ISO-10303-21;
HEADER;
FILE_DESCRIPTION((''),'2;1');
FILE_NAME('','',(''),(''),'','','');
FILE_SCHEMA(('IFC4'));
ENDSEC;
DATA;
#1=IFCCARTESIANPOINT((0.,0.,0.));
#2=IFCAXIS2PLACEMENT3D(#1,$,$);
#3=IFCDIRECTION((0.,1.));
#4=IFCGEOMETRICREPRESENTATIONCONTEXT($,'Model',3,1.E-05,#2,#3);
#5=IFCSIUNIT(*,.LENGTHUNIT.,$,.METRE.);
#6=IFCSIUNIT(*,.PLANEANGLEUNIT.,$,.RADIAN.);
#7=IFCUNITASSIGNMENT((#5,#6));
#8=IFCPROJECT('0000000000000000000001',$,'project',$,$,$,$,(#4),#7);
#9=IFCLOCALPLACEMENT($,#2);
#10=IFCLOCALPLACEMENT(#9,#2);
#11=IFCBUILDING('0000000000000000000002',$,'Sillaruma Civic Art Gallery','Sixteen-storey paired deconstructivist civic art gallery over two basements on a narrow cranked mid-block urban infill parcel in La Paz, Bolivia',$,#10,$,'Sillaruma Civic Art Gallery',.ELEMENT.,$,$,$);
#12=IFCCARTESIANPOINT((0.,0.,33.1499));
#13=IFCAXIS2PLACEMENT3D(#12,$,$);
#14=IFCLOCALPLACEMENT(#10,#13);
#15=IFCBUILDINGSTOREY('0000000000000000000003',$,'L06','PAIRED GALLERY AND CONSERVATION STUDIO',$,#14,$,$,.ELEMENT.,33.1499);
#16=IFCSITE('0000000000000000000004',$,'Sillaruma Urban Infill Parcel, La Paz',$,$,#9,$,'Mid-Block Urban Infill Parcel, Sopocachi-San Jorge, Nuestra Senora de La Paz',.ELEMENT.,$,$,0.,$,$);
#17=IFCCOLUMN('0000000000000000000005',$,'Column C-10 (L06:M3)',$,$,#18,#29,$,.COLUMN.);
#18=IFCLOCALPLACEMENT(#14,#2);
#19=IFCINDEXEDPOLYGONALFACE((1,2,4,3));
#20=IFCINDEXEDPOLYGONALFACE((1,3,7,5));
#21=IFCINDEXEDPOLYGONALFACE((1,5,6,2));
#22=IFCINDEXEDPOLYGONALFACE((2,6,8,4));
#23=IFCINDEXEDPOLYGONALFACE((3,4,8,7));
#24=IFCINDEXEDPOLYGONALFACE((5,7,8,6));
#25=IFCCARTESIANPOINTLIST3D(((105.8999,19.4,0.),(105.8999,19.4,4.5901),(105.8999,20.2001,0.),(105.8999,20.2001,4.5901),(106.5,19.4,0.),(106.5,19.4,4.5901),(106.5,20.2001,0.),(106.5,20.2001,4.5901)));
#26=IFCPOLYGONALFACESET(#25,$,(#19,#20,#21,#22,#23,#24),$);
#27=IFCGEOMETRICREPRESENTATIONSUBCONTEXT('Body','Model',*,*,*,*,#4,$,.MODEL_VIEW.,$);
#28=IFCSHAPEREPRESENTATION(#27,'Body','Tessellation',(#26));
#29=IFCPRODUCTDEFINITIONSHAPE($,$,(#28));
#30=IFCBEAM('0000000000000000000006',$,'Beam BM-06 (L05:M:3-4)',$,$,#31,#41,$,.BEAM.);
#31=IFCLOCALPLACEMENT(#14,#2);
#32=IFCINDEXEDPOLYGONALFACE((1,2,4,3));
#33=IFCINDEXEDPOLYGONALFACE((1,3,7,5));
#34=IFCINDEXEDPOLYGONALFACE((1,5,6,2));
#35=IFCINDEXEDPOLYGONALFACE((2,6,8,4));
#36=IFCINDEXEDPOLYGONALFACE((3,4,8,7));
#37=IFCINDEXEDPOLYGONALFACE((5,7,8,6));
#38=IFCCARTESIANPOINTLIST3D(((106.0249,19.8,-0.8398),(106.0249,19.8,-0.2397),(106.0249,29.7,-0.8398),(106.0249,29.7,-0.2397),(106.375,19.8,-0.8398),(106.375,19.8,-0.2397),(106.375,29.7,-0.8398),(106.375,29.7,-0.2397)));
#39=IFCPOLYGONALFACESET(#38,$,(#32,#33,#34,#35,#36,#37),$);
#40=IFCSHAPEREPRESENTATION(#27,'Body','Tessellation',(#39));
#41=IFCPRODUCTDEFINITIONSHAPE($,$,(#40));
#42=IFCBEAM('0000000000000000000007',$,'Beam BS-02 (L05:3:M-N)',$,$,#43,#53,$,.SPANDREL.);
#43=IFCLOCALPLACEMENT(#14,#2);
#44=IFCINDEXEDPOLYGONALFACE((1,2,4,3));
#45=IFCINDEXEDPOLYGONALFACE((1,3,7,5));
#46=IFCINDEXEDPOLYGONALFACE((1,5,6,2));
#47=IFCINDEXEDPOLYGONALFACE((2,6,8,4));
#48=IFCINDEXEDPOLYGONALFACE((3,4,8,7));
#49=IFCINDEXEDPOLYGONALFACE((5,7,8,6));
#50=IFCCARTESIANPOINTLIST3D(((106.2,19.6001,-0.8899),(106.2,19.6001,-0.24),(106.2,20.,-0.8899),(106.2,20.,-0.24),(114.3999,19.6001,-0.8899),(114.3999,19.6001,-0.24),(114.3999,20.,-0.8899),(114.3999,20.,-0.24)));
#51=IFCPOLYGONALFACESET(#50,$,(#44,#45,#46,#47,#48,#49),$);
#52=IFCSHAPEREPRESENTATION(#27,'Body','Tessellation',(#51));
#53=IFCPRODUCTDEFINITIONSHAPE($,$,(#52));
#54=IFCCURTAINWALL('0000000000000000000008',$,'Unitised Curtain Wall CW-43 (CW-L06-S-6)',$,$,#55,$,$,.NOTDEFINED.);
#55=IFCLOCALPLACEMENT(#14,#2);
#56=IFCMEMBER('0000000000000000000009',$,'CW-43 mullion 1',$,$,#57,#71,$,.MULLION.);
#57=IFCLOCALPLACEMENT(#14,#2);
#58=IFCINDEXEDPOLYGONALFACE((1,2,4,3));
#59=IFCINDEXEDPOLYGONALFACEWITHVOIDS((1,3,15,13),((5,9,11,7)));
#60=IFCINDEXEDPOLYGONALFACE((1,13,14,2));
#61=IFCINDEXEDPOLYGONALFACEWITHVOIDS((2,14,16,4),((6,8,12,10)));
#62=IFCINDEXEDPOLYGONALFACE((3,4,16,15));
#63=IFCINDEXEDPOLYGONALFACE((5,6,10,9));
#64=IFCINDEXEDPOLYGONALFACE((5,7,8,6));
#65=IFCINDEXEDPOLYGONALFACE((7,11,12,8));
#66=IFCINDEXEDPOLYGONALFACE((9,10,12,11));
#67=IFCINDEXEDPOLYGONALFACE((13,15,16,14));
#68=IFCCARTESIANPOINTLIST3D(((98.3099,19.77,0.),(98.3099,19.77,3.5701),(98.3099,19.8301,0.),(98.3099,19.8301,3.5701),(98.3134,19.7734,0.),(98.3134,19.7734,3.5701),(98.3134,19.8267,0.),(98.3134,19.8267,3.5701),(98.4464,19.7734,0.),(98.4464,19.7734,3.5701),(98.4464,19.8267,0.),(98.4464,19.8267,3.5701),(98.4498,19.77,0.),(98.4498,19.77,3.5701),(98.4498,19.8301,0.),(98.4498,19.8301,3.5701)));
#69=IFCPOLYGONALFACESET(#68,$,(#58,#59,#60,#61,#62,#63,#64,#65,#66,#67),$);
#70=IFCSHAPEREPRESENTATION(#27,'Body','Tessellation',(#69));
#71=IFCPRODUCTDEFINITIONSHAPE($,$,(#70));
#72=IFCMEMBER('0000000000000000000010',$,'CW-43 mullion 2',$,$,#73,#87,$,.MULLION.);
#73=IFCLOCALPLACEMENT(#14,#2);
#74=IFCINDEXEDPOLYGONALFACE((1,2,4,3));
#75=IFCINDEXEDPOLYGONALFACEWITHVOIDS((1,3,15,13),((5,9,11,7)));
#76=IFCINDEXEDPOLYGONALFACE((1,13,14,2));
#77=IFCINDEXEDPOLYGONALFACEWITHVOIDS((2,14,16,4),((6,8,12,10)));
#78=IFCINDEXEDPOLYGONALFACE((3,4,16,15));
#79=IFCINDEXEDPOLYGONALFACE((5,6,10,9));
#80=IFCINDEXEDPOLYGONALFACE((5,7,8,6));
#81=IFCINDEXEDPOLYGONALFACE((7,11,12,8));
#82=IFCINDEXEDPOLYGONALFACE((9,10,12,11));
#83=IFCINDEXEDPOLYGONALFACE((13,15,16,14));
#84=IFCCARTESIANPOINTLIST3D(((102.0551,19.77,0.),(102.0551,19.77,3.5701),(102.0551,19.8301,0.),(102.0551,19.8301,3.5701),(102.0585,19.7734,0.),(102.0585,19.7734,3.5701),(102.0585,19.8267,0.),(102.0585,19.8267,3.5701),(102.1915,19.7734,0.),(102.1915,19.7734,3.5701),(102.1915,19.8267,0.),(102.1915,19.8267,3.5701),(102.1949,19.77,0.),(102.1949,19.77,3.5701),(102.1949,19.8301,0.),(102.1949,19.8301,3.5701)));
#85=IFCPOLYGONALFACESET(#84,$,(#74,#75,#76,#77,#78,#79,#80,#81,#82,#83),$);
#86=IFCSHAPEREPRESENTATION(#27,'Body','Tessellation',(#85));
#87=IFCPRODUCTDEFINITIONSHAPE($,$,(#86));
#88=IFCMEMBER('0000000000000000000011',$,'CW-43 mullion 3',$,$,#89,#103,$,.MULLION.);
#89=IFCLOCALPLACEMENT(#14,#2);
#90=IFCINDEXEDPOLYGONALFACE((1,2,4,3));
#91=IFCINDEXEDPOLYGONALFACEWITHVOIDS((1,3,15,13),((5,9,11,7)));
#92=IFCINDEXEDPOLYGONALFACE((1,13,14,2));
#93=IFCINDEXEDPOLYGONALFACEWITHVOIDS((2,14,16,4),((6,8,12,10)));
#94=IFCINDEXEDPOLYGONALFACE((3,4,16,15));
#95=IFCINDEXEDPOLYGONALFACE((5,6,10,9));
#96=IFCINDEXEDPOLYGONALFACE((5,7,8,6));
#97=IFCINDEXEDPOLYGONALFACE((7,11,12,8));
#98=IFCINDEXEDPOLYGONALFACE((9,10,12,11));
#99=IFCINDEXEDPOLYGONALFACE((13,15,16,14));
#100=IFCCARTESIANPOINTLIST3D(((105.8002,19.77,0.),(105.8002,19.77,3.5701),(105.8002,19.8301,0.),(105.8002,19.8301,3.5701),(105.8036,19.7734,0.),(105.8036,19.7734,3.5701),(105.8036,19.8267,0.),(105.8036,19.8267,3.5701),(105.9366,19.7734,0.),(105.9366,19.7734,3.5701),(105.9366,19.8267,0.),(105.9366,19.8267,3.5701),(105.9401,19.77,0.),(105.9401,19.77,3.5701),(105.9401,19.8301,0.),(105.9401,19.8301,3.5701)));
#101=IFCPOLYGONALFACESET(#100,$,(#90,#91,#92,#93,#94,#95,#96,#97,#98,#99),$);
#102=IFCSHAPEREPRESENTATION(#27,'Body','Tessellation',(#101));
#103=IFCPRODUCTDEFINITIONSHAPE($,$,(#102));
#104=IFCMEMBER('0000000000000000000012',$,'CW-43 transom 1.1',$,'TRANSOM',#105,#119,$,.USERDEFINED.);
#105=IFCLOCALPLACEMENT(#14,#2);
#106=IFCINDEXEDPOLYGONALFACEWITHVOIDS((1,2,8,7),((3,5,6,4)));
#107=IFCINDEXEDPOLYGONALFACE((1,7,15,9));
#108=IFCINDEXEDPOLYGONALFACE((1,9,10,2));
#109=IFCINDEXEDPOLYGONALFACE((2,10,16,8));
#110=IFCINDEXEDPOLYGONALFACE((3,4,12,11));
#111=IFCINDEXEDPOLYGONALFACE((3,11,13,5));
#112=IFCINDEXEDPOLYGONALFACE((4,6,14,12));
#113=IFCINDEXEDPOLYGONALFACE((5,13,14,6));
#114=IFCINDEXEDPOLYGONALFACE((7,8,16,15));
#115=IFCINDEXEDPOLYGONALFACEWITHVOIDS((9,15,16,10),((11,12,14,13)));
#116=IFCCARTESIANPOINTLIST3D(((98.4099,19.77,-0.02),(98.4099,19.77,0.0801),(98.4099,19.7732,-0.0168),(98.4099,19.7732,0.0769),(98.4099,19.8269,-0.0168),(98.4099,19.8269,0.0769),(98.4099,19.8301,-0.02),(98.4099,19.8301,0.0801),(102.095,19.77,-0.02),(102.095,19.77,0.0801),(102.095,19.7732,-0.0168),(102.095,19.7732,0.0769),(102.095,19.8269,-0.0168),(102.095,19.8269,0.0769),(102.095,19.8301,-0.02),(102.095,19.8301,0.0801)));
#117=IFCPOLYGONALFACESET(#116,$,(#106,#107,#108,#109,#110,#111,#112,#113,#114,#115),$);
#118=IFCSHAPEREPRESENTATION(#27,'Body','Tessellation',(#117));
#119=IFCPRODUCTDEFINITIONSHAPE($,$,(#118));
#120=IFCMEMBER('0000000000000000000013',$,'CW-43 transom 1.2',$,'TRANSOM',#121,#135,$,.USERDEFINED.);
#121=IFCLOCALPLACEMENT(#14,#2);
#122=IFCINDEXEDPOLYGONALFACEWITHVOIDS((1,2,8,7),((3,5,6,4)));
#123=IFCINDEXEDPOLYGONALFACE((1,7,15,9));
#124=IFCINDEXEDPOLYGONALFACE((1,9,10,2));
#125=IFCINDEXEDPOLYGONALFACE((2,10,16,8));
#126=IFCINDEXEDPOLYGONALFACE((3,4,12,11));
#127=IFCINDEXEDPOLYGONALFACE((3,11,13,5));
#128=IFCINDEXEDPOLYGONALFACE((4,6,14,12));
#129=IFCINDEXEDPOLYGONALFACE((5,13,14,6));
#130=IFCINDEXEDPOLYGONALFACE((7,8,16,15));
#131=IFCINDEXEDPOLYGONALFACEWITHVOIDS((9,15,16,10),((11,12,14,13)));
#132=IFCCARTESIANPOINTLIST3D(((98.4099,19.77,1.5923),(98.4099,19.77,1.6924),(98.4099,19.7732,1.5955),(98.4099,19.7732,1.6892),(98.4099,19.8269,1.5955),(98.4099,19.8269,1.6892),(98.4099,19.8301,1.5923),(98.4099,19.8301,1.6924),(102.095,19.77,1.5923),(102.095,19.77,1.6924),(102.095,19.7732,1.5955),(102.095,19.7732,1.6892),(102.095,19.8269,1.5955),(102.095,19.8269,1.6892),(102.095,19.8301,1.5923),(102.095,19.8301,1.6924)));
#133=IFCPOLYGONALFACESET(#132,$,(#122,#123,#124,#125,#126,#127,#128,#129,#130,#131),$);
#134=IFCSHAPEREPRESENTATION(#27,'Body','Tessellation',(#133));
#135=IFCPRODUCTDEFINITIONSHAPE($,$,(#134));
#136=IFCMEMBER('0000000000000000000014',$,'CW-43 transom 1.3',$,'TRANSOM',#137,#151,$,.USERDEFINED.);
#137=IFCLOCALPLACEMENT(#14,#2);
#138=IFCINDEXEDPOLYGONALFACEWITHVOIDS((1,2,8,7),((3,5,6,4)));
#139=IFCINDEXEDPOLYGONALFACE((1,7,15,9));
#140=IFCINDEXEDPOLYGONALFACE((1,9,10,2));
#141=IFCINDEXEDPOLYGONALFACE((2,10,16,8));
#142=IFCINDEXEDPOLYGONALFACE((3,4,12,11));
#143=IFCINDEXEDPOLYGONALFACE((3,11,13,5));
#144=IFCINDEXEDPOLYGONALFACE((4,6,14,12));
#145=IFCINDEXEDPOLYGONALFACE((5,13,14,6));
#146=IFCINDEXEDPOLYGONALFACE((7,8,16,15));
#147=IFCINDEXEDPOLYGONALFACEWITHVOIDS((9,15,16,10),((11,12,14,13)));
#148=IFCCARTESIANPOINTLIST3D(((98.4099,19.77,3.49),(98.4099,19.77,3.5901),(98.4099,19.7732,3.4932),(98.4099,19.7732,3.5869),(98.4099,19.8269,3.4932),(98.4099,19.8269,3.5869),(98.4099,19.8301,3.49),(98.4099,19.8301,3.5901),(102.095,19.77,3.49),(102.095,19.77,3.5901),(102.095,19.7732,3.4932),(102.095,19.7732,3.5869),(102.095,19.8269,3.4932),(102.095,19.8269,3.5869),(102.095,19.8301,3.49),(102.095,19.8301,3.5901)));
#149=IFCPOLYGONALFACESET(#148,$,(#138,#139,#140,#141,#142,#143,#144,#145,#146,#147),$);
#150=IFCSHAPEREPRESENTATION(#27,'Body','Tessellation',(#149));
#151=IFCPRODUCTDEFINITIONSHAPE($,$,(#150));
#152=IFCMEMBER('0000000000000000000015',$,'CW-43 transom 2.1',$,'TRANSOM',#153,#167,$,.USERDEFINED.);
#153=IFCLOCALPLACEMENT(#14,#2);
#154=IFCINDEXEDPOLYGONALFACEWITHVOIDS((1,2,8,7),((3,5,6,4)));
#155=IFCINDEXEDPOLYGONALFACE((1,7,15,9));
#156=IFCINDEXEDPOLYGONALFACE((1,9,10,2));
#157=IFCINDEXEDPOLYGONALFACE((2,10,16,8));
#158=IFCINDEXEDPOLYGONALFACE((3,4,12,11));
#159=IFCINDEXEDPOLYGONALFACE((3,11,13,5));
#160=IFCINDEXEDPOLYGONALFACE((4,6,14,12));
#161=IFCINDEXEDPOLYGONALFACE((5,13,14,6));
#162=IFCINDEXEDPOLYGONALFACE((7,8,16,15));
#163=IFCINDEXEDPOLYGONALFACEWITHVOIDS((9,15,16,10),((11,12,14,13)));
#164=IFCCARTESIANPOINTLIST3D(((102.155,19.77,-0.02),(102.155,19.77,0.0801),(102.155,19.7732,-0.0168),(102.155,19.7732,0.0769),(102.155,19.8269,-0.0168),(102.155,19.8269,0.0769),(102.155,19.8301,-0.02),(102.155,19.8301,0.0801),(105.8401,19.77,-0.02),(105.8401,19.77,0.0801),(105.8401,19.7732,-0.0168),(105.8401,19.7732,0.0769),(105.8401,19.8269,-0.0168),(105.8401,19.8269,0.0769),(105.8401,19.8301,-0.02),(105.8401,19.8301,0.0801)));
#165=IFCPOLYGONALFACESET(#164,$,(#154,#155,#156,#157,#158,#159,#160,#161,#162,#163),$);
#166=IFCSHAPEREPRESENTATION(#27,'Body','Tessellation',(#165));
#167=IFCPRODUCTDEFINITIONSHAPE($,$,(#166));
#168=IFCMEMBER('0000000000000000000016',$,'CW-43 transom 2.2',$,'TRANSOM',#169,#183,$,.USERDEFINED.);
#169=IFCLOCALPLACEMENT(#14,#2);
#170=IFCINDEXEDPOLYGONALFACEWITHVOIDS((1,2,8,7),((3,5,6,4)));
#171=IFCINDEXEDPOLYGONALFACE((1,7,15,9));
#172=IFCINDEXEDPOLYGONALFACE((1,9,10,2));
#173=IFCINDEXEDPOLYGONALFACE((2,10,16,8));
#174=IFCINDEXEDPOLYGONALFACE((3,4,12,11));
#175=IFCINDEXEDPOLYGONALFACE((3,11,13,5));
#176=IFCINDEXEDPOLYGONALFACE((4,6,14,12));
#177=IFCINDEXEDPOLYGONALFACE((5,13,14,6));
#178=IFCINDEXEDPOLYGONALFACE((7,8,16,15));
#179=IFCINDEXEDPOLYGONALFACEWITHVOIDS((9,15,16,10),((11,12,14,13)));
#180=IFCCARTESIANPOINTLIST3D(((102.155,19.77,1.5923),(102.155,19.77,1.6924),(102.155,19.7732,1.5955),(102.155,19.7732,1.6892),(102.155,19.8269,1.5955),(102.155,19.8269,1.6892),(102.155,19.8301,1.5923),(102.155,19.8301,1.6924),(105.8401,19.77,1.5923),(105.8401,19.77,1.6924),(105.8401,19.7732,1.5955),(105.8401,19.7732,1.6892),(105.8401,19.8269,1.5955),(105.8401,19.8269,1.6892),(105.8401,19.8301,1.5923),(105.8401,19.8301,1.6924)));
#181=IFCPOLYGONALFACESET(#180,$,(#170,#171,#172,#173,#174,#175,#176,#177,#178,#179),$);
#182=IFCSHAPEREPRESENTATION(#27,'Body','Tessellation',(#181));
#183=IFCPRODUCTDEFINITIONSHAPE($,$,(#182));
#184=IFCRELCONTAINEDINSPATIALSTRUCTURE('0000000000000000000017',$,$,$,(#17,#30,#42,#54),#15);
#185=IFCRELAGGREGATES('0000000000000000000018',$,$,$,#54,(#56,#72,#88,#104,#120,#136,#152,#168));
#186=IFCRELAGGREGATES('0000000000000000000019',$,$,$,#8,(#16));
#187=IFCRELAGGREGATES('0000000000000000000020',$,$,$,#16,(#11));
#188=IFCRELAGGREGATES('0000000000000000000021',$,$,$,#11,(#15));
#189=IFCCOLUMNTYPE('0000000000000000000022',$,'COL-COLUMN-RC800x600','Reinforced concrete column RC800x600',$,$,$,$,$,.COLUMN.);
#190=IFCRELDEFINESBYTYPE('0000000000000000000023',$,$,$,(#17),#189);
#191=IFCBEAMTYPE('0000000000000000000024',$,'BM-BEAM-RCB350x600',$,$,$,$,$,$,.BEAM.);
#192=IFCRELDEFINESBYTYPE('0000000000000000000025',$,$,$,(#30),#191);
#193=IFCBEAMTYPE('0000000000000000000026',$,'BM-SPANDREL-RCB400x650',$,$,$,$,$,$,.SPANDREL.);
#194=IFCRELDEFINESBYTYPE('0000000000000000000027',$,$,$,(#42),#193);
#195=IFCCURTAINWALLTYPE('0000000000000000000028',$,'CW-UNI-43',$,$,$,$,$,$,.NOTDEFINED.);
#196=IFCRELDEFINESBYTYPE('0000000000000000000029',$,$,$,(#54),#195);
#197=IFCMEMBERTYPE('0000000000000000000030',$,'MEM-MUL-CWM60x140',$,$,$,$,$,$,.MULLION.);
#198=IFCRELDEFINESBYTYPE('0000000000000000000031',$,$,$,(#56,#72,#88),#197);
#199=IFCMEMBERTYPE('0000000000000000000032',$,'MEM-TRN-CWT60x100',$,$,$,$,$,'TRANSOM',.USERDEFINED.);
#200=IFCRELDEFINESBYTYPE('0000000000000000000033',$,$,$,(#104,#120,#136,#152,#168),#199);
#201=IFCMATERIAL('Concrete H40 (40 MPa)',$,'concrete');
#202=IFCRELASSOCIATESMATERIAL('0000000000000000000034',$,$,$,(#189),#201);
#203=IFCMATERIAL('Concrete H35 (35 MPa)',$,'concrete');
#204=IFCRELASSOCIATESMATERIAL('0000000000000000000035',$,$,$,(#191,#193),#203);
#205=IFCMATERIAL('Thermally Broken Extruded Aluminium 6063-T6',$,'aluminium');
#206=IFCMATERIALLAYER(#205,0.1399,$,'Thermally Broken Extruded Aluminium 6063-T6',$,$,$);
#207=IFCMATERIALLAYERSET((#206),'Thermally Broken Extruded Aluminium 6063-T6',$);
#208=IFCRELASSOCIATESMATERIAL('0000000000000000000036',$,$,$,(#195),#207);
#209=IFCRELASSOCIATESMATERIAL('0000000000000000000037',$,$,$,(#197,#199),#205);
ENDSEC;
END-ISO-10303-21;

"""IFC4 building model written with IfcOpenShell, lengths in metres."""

from ifc_helpers import new_model, si_unit, direction, frame, origin, origin_2d, place, context, subcontext, project, spatial, rectangle, hollow_rectangle, extrude, material, layer, layer_set, material_profile, profile_set, type_object, element, aggregate, save


model = new_model("IFC4")

# Units and contexts
model_context = context("Model", 3, precision=1e-05, world=origin(), true_north=direction((0.0, 1.0)))
body_context = subcontext(model_context, "Body", "Model", "MODEL_VIEW")
ifc_project = project(units=[si_unit("LENGTHUNIT", "METRE"), si_unit("PLANEANGLEUNIT", "RADIAN")], contexts=[model_context])

# Site, building, storey
site_placement = place(None, origin())
site = spatial("IfcSite", under=ifc_project, at=site_placement, Name="Sillaruma Urban Infill Parcel, La Paz", LongName="Mid-Block Urban Infill Parcel, Sopocachi-San Jorge, Nuestra Senora de La Paz", CompositionType="ELEMENT", RefElevation=0.0)
building_placement = place(site_placement, origin())
building = spatial("IfcBuilding", under=site, at=building_placement, Name="Sillaruma Civic Art Gallery", Description="Sixteen-storey paired deconstructivist civic art gallery over two basements on a narrow cranked mid-block urban infill parcel in La Paz, Bolivia", LongName="Sillaruma Civic Art Gallery", CompositionType="ELEMENT")
storey_placement = place(building_placement, frame((0.0, 0.0, 33.1499)))
storey = spatial("IfcBuildingStorey", under=building, at=storey_placement, Name="L06", Description="PAIRED GALLERY AND CONSERVATION STUDIO", CompositionType="ELEMENT", Elevation=33.1499)

# Column
ifc_material_1 = material(Name="Concrete H40 (40 MPa)", Category="concrete")
ifc_material_profile_1 = material_profile(ifc_material_1, rectangle(XDim=0.6001, YDim=0.8, at=origin_2d()), Name="RC800x600")
ifc_profile_set_1 = profile_set([ifc_material_profile_1], Name="Concrete H40 (40 MPa)")
column_type = type_object("IfcColumnType", Name="COL-COLUMN-RC800x600", Description="Reinforced concrete column RC800x600", PredefinedType="COLUMN", material=ifc_profile_set_1)
column_placement = place(storey_placement, frame((106.2, 19.8, 0.0), z_axis=(0.0, 0.0, 1.0), x_axis=(1.0, 0.0, 0.0)))
element("IfcColumn", 1, at=column_placement, inside=storey, type_object=column_type, Name="Column C-10 (L06:M3)", PredefinedType="COLUMN", context=body_context, shape_type="SweptSolid", body=[
    extrude(rectangle(XDim=0.6001, YDim=0.8, at=origin_2d()), origin(), (0.0, 0.0, 1.0), 4.5901),
])

# Beams
ifc_material_2 = material(Name="Concrete H35 (35 MPa)", Category="concrete")
ifc_material_profile_2 = material_profile(ifc_material_2, rectangle(XDim=0.3501, YDim=0.6001, at=origin_2d()), Name="RCB350x600")
ifc_profile_set_2 = profile_set([ifc_material_profile_2], Name="Concrete H35 (35 MPa)")
beam_type_1 = type_object("IfcBeamType", Name="BM-BEAM-RCB350x600", PredefinedType="BEAM", material=ifc_profile_set_2)
beam_1_placement = place(storey_placement, frame((106.2, 19.8, -0.5398), z_axis=(0.0, 1.0, 0.0), x_axis=(-1.0, 0.0, 0.0)))
element("IfcBeam", 2, at=beam_1_placement, inside=storey, type_object=beam_type_1, Name="Beam BM-06 (L05:M:3-4)", PredefinedType="BEAM", context=body_context, shape_type="SweptSolid", body=[
    extrude(rectangle(XDim=0.3501, YDim=0.6001, at=origin_2d()), origin(), (0.0, 0.0, 1.0), 9.8999),
])
ifc_material_profile_3 = material_profile(ifc_material_2, rectangle(XDim=0.3999, YDim=0.6499, at=origin_2d()), Name="RCB400x650")
ifc_profile_set_3 = profile_set([ifc_material_profile_3], Name="Concrete H35 (35 MPa)")
beam_type_2 = type_object("IfcBeamType", Name="BM-SPANDREL-RCB400x650", PredefinedType="SPANDREL", material=ifc_profile_set_3)
beam_2_placement = place(storey_placement, frame((106.2, 19.8, -0.5649), z_axis=(1.0, 0.0, 0.0), x_axis=(0.0, 1.0, 0.0)))
element("IfcBeam", 3, at=beam_2_placement, inside=storey, type_object=beam_type_2, Name="Beam BS-02 (L05:3:M-N)", PredefinedType="SPANDREL", context=body_context, shape_type="SweptSolid", body=[
    extrude(rectangle(XDim=0.3999, YDim=0.6499, at=origin_2d()), origin(), (0.0, 0.0, 1.0), 8.2),
])

# Curtain wall, members
ifc_material_3 = material(Name="Thermally Broken Extruded Aluminium 6063-T6", Category="aluminium")
ifc_layer_1 = layer(ifc_material_3, 0.1399, Name="Thermally Broken Extruded Aluminium 6063-T6")
ifc_layer_set_1 = layer_set([ifc_layer_1], Name="Thermally Broken Extruded Aluminium 6063-T6")
curtain_wall_type = type_object("IfcCurtainWallType", Name="CW-UNI-43", PredefinedType="NOTDEFINED", material=ifc_layer_set_1)
curtain_wall_placement = place(storey_placement, origin())
curtain_wall = element("IfcCurtainWall", 4, at=curtain_wall_placement, inside=storey, type_object=curtain_wall_type, Name="Unitised Curtain Wall CW-43 (CW-L06-S-6)", PredefinedType="NOTDEFINED")
ifc_material_profile_4 = material_profile(ifc_material_3, hollow_rectangle(XDim=0.0601, YDim=0.1399, WallThickness=0.0034, at=origin_2d()), Name="CWM60x140")
ifc_profile_set_4 = profile_set([ifc_material_profile_4], Name="Thermally Broken Extruded Aluminium 6063-T6")
member_type_1 = type_object("IfcMemberType", Name="MEM-MUL-CWM60x140", PredefinedType="MULLION", material=ifc_profile_set_4)
member_1_placement = place(storey_placement, frame((98.3799, 19.8, 0.0), z_axis=(0.0, 0.0, 1.0), x_axis=(0.0, 1.0, 0.0)))
member_1 = element("IfcMember", 5, at=member_1_placement, type_object=member_type_1, Name="CW-43 mullion 1", PredefinedType="MULLION", context=body_context, shape_type="SweptSolid", body=[
    extrude(hollow_rectangle(XDim=0.0601, YDim=0.1399, WallThickness=0.0034, at=origin_2d()), origin(), (0.0, 0.0, 1.0), 3.5701),
])
member_2_placement = place(storey_placement, frame((102.125, 19.8, 0.0), z_axis=(0.0, 0.0, 1.0), x_axis=(0.0, 1.0, 0.0)))
member_2 = element("IfcMember", 6, at=member_2_placement, type_object=member_type_1, Name="CW-43 mullion 2", PredefinedType="MULLION", context=body_context, shape_type="SweptSolid", body=[
    extrude(hollow_rectangle(XDim=0.0601, YDim=0.1399, WallThickness=0.0034, at=origin_2d()), origin(), (0.0, 0.0, 1.0), 3.5701),
])
member_3_placement = place(storey_placement, frame((105.8701, 19.8, 0.0), z_axis=(0.0, 0.0, 1.0), x_axis=(0.0, 1.0, 0.0)))
member_3 = element("IfcMember", 7, at=member_3_placement, type_object=member_type_1, Name="CW-43 mullion 3", PredefinedType="MULLION", context=body_context, shape_type="SweptSolid", body=[
    extrude(hollow_rectangle(XDim=0.0601, YDim=0.1399, WallThickness=0.0034, at=origin_2d()), origin(), (0.0, 0.0, 1.0), 3.5701),
])
ifc_material_profile_5 = material_profile(ifc_material_3, hollow_rectangle(XDim=0.0601, YDim=0.1001, WallThickness=0.0032, at=origin_2d()), Name="CWT60x100")
ifc_profile_set_5 = profile_set([ifc_material_profile_5], Name="Thermally Broken Extruded Aluminium 6063-T6")
member_type_2 = type_object("IfcMemberType", Name="MEM-TRN-CWT60x100", ElementType="TRANSOM", PredefinedType="USERDEFINED", material=ifc_profile_set_5)
member_4_placement = place(storey_placement, frame((98.4099, 19.8, 0.03), z_axis=(1.0, 0.0, 0.0), x_axis=(0.0, 1.0, 0.0)))
member_4 = element("IfcMember", 8, at=member_4_placement, type_object=member_type_2, Name="CW-43 transom 1.1", ObjectType="TRANSOM", PredefinedType="USERDEFINED", context=body_context, shape_type="SweptSolid", body=[
    extrude(hollow_rectangle(XDim=0.0601, YDim=0.1001, WallThickness=0.0032, at=origin_2d()), origin(), (0.0, 0.0, 1.0), 3.6851),
])
member_5_placement = place(storey_placement, frame((98.4099, 19.8, 1.6423), z_axis=(1.0, 0.0, 0.0), x_axis=(0.0, 1.0, 0.0)))
member_5 = element("IfcMember", 9, at=member_5_placement, type_object=member_type_2, Name="CW-43 transom 1.2", ObjectType="TRANSOM", PredefinedType="USERDEFINED", context=body_context, shape_type="SweptSolid", body=[
    extrude(hollow_rectangle(XDim=0.0601, YDim=0.1001, WallThickness=0.0032, at=origin_2d()), origin(), (0.0, 0.0, 1.0), 3.6851),
])
member_6_placement = place(storey_placement, frame((98.4099, 19.8, 3.54), z_axis=(1.0, 0.0, 0.0), x_axis=(0.0, 1.0, 0.0)))
member_6 = element("IfcMember", 10, at=member_6_placement, type_object=member_type_2, Name="CW-43 transom 1.3", ObjectType="TRANSOM", PredefinedType="USERDEFINED", context=body_context, shape_type="SweptSolid", body=[
    extrude(hollow_rectangle(XDim=0.0601, YDim=0.1001, WallThickness=0.0032, at=origin_2d()), origin(), (0.0, 0.0, 1.0), 3.6851),
])
member_7_placement = place(storey_placement, frame((102.155, 19.8, 0.03), z_axis=(1.0, 0.0, 0.0), x_axis=(0.0, 1.0, 0.0)))
member_7 = element("IfcMember", 11, at=member_7_placement, type_object=member_type_2, Name="CW-43 transom 2.1", ObjectType="TRANSOM", PredefinedType="USERDEFINED", context=body_context, shape_type="SweptSolid", body=[
    extrude(hollow_rectangle(XDim=0.0601, YDim=0.1001, WallThickness=0.0032, at=origin_2d()), origin(), (0.0, 0.0, 1.0), 3.6851),
])
member_8_placement = place(storey_placement, frame((102.155, 19.8, 1.6423), z_axis=(1.0, 0.0, 0.0), x_axis=(0.0, 1.0, 0.0)))
member_8 = element("IfcMember", 12, at=member_8_placement, type_object=member_type_2, Name="CW-43 transom 2.2", ObjectType="TRANSOM", PredefinedType="USERDEFINED", context=body_context, shape_type="SweptSolid", body=[
    extrude(hollow_rectangle(XDim=0.0601, YDim=0.1001, WallThickness=0.0032, at=origin_2d()), origin(), (0.0, 0.0, 1.0), 3.6851),
])
aggregate(curtain_wall, [member_1, member_2, member_3, member_4, member_5, member_6, member_7, member_8])

save(model, "model.ifc")
